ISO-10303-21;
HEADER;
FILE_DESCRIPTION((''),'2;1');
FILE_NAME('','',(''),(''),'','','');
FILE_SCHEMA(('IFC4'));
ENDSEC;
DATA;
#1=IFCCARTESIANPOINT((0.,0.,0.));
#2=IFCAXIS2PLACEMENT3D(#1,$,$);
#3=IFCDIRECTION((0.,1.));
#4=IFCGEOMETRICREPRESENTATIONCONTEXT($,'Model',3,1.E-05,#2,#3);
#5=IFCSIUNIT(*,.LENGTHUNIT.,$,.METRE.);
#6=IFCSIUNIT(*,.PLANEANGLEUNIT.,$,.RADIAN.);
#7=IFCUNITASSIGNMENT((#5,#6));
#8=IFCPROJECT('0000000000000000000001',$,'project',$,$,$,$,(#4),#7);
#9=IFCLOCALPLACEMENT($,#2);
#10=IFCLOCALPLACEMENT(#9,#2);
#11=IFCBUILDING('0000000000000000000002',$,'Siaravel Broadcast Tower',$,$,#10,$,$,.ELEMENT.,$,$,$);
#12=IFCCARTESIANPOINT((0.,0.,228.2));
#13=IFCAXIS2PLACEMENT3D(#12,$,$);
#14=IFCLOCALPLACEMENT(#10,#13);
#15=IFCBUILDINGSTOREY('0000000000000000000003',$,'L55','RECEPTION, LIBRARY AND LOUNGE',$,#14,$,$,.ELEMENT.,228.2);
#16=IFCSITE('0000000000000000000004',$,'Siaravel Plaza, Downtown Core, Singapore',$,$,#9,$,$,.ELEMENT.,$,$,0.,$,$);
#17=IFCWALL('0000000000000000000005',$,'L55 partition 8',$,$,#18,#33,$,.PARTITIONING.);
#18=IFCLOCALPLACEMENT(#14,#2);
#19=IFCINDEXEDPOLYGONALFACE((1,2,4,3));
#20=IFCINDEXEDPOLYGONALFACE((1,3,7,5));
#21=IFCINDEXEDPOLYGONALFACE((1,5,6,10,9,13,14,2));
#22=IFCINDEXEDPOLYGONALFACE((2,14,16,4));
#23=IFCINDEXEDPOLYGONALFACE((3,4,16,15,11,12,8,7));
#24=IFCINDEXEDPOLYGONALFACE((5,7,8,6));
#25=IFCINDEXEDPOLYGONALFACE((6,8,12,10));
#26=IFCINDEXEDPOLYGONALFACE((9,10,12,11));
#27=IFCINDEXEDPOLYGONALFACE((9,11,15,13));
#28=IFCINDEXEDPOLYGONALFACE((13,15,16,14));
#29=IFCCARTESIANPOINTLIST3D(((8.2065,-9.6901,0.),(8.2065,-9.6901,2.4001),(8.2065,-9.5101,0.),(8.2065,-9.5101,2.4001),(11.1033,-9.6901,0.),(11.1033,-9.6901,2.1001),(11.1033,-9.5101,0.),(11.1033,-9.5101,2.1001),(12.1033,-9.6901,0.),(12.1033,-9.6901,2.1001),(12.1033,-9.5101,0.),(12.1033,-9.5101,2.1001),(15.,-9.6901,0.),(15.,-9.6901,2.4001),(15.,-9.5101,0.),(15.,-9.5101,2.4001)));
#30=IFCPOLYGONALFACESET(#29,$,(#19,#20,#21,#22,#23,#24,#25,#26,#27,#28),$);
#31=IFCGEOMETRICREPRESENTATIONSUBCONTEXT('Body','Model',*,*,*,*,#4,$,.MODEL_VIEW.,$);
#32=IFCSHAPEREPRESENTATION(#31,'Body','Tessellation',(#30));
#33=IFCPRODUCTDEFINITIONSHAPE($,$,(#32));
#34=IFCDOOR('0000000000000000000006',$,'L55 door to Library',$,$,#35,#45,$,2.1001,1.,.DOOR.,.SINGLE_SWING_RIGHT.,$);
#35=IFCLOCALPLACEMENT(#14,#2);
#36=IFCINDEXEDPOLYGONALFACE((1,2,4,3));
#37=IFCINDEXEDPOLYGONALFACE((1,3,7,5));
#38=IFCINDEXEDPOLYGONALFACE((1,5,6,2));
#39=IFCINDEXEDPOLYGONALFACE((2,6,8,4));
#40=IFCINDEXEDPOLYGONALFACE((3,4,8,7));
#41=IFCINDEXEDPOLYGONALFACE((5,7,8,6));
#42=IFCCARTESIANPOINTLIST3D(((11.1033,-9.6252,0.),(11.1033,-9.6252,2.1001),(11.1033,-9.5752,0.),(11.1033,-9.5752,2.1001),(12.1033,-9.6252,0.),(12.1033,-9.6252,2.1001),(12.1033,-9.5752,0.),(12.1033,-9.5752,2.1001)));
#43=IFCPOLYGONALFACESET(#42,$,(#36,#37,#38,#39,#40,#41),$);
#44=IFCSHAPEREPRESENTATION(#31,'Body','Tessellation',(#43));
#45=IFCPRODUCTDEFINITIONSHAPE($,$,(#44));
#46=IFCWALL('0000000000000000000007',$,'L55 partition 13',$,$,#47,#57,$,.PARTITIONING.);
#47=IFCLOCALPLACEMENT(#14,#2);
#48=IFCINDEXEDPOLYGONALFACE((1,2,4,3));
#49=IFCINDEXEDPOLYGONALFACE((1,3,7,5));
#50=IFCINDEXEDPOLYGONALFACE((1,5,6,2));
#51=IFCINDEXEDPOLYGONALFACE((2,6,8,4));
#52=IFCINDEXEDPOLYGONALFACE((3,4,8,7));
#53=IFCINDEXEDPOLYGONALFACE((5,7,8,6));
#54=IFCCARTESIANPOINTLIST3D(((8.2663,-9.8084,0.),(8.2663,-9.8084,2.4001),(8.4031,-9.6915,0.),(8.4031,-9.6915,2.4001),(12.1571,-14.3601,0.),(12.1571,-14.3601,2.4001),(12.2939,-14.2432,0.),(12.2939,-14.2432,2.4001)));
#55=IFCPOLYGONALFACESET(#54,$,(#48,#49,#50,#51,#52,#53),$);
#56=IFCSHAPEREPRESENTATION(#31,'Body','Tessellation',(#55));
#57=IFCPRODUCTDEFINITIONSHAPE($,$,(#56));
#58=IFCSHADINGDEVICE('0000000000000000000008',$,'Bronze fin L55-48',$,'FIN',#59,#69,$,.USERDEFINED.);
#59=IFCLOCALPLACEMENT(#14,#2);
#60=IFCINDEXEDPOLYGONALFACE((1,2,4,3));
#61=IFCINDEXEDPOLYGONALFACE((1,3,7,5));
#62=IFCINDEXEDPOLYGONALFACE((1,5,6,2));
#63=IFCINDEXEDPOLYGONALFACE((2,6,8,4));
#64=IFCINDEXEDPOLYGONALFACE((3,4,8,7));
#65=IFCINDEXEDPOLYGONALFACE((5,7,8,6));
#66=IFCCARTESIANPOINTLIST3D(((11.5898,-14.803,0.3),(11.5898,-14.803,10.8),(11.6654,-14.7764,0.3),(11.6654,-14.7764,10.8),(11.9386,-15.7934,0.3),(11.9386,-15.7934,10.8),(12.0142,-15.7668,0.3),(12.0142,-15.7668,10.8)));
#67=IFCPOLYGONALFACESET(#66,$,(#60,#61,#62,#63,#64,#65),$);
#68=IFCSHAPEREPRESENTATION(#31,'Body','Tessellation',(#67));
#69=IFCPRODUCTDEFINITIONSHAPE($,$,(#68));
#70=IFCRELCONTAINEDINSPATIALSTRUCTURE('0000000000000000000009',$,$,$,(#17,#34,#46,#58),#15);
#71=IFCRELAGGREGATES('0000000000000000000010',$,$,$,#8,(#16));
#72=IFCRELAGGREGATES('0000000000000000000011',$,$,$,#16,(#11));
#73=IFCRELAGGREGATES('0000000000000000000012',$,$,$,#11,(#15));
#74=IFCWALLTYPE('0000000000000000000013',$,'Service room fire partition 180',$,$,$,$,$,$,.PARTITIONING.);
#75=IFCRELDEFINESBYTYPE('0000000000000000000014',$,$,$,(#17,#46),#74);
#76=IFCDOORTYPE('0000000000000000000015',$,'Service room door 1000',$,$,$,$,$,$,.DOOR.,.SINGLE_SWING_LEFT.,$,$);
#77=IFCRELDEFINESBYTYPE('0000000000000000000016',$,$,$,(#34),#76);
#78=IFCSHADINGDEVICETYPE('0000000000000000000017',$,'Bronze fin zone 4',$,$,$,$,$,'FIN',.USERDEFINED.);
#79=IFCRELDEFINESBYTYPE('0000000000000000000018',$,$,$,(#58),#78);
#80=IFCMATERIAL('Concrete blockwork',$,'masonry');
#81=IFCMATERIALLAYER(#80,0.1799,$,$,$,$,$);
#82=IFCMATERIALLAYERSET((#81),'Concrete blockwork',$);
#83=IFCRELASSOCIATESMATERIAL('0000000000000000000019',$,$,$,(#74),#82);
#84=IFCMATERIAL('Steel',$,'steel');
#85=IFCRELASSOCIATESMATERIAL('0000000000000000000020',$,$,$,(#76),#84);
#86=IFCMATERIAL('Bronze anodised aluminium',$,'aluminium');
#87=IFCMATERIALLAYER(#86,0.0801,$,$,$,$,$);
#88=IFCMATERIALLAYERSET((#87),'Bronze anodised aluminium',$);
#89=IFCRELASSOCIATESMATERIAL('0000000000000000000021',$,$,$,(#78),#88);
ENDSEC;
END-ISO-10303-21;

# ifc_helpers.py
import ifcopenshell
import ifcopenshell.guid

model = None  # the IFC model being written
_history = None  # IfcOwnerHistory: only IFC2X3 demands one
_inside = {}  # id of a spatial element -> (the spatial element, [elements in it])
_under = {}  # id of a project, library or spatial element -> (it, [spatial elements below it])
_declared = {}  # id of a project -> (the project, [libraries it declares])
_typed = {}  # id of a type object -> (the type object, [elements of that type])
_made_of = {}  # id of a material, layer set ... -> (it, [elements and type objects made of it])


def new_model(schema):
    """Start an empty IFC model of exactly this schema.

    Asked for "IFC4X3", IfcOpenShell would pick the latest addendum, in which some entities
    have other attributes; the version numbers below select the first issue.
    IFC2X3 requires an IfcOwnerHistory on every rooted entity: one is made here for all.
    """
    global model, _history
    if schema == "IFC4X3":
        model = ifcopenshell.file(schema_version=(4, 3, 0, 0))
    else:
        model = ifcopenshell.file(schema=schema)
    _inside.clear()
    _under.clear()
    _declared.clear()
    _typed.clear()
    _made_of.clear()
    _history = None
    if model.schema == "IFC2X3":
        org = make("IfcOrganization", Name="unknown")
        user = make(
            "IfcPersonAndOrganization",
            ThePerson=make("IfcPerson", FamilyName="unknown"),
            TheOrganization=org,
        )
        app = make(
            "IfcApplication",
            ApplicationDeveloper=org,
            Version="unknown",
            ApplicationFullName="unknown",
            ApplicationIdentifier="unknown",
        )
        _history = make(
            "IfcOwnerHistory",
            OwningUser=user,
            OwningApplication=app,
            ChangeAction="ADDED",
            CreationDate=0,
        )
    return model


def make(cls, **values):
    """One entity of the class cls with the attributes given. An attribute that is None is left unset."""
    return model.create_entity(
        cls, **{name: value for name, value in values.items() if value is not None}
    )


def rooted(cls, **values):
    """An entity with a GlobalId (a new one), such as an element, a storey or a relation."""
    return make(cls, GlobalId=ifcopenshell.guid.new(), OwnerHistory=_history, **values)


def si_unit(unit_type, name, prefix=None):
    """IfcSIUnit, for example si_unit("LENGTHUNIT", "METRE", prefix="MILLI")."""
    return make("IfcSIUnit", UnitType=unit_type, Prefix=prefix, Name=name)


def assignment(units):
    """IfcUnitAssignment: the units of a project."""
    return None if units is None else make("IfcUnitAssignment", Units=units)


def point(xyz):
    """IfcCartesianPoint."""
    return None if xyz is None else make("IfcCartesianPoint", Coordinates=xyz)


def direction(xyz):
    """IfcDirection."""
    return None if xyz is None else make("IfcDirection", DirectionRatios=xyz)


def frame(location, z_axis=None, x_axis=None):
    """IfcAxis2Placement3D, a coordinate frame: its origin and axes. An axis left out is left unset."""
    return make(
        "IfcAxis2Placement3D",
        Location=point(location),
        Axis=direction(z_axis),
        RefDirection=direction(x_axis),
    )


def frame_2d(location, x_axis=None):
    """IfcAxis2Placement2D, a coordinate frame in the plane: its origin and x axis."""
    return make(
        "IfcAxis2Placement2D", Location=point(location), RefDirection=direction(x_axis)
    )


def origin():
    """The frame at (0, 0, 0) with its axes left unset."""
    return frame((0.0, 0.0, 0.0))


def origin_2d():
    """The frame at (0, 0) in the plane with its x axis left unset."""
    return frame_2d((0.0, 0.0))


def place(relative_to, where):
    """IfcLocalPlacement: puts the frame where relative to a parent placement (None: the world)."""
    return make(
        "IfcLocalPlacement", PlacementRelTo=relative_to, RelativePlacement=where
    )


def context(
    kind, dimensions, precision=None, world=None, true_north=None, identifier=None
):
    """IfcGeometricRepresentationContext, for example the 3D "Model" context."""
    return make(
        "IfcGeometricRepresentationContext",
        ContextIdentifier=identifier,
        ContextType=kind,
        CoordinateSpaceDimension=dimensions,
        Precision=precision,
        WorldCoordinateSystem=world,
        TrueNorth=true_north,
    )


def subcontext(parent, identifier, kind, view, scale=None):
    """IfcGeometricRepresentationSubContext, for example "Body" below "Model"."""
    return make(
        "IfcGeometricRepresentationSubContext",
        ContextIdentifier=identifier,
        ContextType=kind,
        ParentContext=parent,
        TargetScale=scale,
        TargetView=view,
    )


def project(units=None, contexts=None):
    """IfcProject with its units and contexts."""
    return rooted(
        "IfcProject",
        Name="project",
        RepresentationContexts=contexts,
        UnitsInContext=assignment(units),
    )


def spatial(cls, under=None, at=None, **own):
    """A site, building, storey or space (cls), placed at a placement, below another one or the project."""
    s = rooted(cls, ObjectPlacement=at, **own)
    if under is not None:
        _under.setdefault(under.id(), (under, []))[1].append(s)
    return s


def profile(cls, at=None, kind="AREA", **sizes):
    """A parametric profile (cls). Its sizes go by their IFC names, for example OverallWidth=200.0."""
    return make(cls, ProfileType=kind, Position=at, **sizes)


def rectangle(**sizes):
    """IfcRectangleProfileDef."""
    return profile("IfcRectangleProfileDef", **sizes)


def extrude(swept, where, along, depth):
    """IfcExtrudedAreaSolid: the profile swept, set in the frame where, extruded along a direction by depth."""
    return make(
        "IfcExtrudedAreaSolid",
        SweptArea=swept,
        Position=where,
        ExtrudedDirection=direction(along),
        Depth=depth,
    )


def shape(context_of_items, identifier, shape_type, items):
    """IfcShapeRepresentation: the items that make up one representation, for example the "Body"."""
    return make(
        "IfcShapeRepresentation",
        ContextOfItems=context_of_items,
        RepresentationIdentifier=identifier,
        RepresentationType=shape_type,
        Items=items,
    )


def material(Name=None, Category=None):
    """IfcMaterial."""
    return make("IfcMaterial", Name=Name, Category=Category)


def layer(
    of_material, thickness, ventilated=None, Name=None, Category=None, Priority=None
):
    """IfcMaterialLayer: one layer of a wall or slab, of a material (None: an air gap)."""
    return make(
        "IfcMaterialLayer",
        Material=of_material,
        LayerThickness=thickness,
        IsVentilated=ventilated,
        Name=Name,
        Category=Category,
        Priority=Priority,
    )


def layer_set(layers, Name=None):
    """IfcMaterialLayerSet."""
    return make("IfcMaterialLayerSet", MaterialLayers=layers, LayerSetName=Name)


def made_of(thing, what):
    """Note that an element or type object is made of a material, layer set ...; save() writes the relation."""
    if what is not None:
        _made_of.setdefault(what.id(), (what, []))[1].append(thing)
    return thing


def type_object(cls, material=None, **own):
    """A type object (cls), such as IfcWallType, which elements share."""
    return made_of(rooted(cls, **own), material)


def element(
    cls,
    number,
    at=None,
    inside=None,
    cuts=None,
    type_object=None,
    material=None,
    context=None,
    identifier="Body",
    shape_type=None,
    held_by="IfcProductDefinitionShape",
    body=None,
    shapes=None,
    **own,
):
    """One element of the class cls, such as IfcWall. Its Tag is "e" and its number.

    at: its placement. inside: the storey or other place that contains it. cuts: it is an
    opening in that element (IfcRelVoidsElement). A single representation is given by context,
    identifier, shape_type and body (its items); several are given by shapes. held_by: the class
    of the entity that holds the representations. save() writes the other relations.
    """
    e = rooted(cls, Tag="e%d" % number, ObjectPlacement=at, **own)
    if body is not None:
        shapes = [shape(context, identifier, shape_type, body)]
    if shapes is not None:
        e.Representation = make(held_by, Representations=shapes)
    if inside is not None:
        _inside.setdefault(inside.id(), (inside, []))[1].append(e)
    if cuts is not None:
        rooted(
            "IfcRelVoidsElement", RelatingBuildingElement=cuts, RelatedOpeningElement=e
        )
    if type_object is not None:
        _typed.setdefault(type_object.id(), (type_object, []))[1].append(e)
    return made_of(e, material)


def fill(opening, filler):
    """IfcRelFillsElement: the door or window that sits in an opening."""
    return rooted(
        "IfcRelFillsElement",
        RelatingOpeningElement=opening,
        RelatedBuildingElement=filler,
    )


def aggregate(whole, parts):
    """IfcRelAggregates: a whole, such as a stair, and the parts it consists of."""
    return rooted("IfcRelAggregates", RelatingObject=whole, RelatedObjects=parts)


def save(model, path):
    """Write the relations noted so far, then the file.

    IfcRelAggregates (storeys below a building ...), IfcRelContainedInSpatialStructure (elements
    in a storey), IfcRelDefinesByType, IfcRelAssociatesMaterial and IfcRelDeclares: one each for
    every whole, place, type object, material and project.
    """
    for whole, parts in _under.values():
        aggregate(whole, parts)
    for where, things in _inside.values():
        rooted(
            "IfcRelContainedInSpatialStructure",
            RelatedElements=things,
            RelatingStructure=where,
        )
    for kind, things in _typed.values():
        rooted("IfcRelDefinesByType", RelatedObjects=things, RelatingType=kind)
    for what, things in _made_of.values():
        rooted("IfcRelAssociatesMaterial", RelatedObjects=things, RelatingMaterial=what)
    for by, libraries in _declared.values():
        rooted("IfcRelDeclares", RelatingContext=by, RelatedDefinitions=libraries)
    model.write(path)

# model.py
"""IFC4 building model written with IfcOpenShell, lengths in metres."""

from ifc_helpers import new_model, si_unit, direction, frame, frame_2d, origin, origin_2d, place, context, subcontext, project, spatial, rectangle, extrude, material, layer, layer_set, type_object, element, fill, save


model = new_model("IFC4")

# Units and contexts
model_context = context("Model", 3, precision=1e-05, world=origin(), true_north=direction((0.0, 1.0)))
body_context = subcontext(model_context, "Body", "Model", "MODEL_VIEW")
ifc_project = project(units=[si_unit("LENGTHUNIT", "METRE"), si_unit("PLANEANGLEUNIT", "RADIAN")], contexts=[model_context])

# Site, building, storey
site_placement = place(None, origin())
site = spatial("IfcSite", under=ifc_project, at=site_placement, Name="Siaravel Plaza, Downtown Core, Singapore", CompositionType="ELEMENT", RefElevation=0.0)
building_placement = place(site_placement, origin())
building = spatial("IfcBuilding", under=site, at=building_placement, Name="Siaravel Broadcast Tower", CompositionType="ELEMENT")
storey_placement = place(building_placement, frame((0.0, 0.0, 228.2)))
storey = spatial("IfcBuildingStorey", under=building, at=storey_placement, Name="L55", Description="RECEPTION, LIBRARY AND LOUNGE", CompositionType="ELEMENT", Elevation=228.2)

# Wall, opening, door
ifc_material_1 = material(Name="Concrete blockwork", Category="masonry")
ifc_layer_1 = layer(ifc_material_1, 0.1799)
ifc_layer_set_1 = layer_set([ifc_layer_1], Name="Concrete blockwork")
wall_type_1 = type_object("IfcWallType", Name="Service room fire partition 180", PredefinedType="PARTITIONING", material=ifc_layer_set_1)
wall_1_placement = place(storey_placement, frame((8.2065, -9.6001, 0.0), z_axis=(0.0, 0.0, 1.0), x_axis=(1.0, 0.0, 0.0)))
wall_1 = element("IfcWall", 1, at=wall_1_placement, inside=storey, type_object=wall_type_1, Name="L55 partition 8", PredefinedType="PARTITIONING", context=body_context, shape_type="SweptSolid", body=[
    extrude(rectangle(XDim=6.7935, YDim=0.1799, at=frame_2d((3.3967, 0.0))), origin(), (0.0, 0.0, 1.0), 2.4001),
])
opening_1_placement = place(wall_1_placement, frame((2.8967, 0.0, 0.0)))
opening_1 = element("IfcOpeningElement", 2, at=opening_1_placement, cuts=wall_1, PredefinedType="OPENING", context=body_context, shape_type="SweptSolid", body=[
    extrude(rectangle(XDim=1.0, YDim=2.1001, at=frame_2d((0.5, 1.05))), frame((0.0, 0.0999, 0.0), z_axis=(0.0, -1.0, 0.0), x_axis=(1.0, 0.0, 0.0)), (0.0, 0.0, 1.0), 0.2),
])
ifc_material_2 = material(Name="Steel", Category="steel")
door_type_1 = type_object("IfcDoorType", Name="Service room door 1000", OperationType="SINGLE_SWING_LEFT", PredefinedType="DOOR", material=ifc_material_2)
door_1_placement = place(opening_1_placement, origin())
door_1 = element("IfcDoor", 3, at=door_1_placement, inside=storey, type_object=door_type_1, Name="L55 door to Library", OperationType="SINGLE_SWING_RIGHT", OverallHeight=2.1001, OverallWidth=1.0, PredefinedType="DOOR", context=body_context, shape_type="SweptSolid", body=[
    extrude(rectangle(XDim=1.0, YDim=2.1001, at=frame_2d((0.5, 1.05))), frame((0.0, 0.0249, 0.0), z_axis=(0.0, -1.0, 0.0), x_axis=(1.0, 0.0, 0.0)), (0.0, 0.0, 1.0), 0.05),
])
fill(opening_1, door_1)

# Wall
wall_2_placement = place(storey_placement, frame((12.2256, -14.3018, 0.0), z_axis=(0.0, 0.0, 1.0), x_axis=(-0.649767, 0.760134, 0.0)))
element("IfcWall", 4, at=wall_2_placement, inside=storey, type_object=wall_type_1, Name="L55 partition 13", PredefinedType="PARTITIONING", context=body_context, shape_type="SweptSolid", body=[
    extrude(rectangle(XDim=5.988, YDim=0.1799, at=frame_2d((2.9941, 0.0))), origin(), (0.0, 0.0, 1.0), 2.4001),
])

# Shading device
ifc_material_3 = material(Name="Bronze anodised aluminium", Category="aluminium")
ifc_layer_2 = layer(ifc_material_3, 0.0801)
ifc_layer_set_2 = layer_set([ifc_layer_2], Name="Bronze anodised aluminium")
shading_device_type = type_object("IfcShadingDeviceType", Name="Bronze fin zone 4", ElementType="FIN", PredefinedType="USERDEFINED", material=ifc_layer_set_2)
shading_device_placement = place(storey_placement, frame((11.802, -15.2849, 0.3), z_axis=(0.0, 0.0, 1.0), x_axis=(0.332178, -0.943217, 0.0)))
element("IfcShadingDevice", 5, at=shading_device_placement, inside=storey, type_object=shading_device_type, Name="Bronze fin L55-48", ObjectType="FIN", PredefinedType="USERDEFINED", context=body_context, shape_type="SweptSolid", body=[
    extrude(rectangle(XDim=1.05, YDim=0.0801, at=origin_2d()), origin(), (0.0, 0.0, 1.0), 10.5),
])

save(model, "model.ifc")
